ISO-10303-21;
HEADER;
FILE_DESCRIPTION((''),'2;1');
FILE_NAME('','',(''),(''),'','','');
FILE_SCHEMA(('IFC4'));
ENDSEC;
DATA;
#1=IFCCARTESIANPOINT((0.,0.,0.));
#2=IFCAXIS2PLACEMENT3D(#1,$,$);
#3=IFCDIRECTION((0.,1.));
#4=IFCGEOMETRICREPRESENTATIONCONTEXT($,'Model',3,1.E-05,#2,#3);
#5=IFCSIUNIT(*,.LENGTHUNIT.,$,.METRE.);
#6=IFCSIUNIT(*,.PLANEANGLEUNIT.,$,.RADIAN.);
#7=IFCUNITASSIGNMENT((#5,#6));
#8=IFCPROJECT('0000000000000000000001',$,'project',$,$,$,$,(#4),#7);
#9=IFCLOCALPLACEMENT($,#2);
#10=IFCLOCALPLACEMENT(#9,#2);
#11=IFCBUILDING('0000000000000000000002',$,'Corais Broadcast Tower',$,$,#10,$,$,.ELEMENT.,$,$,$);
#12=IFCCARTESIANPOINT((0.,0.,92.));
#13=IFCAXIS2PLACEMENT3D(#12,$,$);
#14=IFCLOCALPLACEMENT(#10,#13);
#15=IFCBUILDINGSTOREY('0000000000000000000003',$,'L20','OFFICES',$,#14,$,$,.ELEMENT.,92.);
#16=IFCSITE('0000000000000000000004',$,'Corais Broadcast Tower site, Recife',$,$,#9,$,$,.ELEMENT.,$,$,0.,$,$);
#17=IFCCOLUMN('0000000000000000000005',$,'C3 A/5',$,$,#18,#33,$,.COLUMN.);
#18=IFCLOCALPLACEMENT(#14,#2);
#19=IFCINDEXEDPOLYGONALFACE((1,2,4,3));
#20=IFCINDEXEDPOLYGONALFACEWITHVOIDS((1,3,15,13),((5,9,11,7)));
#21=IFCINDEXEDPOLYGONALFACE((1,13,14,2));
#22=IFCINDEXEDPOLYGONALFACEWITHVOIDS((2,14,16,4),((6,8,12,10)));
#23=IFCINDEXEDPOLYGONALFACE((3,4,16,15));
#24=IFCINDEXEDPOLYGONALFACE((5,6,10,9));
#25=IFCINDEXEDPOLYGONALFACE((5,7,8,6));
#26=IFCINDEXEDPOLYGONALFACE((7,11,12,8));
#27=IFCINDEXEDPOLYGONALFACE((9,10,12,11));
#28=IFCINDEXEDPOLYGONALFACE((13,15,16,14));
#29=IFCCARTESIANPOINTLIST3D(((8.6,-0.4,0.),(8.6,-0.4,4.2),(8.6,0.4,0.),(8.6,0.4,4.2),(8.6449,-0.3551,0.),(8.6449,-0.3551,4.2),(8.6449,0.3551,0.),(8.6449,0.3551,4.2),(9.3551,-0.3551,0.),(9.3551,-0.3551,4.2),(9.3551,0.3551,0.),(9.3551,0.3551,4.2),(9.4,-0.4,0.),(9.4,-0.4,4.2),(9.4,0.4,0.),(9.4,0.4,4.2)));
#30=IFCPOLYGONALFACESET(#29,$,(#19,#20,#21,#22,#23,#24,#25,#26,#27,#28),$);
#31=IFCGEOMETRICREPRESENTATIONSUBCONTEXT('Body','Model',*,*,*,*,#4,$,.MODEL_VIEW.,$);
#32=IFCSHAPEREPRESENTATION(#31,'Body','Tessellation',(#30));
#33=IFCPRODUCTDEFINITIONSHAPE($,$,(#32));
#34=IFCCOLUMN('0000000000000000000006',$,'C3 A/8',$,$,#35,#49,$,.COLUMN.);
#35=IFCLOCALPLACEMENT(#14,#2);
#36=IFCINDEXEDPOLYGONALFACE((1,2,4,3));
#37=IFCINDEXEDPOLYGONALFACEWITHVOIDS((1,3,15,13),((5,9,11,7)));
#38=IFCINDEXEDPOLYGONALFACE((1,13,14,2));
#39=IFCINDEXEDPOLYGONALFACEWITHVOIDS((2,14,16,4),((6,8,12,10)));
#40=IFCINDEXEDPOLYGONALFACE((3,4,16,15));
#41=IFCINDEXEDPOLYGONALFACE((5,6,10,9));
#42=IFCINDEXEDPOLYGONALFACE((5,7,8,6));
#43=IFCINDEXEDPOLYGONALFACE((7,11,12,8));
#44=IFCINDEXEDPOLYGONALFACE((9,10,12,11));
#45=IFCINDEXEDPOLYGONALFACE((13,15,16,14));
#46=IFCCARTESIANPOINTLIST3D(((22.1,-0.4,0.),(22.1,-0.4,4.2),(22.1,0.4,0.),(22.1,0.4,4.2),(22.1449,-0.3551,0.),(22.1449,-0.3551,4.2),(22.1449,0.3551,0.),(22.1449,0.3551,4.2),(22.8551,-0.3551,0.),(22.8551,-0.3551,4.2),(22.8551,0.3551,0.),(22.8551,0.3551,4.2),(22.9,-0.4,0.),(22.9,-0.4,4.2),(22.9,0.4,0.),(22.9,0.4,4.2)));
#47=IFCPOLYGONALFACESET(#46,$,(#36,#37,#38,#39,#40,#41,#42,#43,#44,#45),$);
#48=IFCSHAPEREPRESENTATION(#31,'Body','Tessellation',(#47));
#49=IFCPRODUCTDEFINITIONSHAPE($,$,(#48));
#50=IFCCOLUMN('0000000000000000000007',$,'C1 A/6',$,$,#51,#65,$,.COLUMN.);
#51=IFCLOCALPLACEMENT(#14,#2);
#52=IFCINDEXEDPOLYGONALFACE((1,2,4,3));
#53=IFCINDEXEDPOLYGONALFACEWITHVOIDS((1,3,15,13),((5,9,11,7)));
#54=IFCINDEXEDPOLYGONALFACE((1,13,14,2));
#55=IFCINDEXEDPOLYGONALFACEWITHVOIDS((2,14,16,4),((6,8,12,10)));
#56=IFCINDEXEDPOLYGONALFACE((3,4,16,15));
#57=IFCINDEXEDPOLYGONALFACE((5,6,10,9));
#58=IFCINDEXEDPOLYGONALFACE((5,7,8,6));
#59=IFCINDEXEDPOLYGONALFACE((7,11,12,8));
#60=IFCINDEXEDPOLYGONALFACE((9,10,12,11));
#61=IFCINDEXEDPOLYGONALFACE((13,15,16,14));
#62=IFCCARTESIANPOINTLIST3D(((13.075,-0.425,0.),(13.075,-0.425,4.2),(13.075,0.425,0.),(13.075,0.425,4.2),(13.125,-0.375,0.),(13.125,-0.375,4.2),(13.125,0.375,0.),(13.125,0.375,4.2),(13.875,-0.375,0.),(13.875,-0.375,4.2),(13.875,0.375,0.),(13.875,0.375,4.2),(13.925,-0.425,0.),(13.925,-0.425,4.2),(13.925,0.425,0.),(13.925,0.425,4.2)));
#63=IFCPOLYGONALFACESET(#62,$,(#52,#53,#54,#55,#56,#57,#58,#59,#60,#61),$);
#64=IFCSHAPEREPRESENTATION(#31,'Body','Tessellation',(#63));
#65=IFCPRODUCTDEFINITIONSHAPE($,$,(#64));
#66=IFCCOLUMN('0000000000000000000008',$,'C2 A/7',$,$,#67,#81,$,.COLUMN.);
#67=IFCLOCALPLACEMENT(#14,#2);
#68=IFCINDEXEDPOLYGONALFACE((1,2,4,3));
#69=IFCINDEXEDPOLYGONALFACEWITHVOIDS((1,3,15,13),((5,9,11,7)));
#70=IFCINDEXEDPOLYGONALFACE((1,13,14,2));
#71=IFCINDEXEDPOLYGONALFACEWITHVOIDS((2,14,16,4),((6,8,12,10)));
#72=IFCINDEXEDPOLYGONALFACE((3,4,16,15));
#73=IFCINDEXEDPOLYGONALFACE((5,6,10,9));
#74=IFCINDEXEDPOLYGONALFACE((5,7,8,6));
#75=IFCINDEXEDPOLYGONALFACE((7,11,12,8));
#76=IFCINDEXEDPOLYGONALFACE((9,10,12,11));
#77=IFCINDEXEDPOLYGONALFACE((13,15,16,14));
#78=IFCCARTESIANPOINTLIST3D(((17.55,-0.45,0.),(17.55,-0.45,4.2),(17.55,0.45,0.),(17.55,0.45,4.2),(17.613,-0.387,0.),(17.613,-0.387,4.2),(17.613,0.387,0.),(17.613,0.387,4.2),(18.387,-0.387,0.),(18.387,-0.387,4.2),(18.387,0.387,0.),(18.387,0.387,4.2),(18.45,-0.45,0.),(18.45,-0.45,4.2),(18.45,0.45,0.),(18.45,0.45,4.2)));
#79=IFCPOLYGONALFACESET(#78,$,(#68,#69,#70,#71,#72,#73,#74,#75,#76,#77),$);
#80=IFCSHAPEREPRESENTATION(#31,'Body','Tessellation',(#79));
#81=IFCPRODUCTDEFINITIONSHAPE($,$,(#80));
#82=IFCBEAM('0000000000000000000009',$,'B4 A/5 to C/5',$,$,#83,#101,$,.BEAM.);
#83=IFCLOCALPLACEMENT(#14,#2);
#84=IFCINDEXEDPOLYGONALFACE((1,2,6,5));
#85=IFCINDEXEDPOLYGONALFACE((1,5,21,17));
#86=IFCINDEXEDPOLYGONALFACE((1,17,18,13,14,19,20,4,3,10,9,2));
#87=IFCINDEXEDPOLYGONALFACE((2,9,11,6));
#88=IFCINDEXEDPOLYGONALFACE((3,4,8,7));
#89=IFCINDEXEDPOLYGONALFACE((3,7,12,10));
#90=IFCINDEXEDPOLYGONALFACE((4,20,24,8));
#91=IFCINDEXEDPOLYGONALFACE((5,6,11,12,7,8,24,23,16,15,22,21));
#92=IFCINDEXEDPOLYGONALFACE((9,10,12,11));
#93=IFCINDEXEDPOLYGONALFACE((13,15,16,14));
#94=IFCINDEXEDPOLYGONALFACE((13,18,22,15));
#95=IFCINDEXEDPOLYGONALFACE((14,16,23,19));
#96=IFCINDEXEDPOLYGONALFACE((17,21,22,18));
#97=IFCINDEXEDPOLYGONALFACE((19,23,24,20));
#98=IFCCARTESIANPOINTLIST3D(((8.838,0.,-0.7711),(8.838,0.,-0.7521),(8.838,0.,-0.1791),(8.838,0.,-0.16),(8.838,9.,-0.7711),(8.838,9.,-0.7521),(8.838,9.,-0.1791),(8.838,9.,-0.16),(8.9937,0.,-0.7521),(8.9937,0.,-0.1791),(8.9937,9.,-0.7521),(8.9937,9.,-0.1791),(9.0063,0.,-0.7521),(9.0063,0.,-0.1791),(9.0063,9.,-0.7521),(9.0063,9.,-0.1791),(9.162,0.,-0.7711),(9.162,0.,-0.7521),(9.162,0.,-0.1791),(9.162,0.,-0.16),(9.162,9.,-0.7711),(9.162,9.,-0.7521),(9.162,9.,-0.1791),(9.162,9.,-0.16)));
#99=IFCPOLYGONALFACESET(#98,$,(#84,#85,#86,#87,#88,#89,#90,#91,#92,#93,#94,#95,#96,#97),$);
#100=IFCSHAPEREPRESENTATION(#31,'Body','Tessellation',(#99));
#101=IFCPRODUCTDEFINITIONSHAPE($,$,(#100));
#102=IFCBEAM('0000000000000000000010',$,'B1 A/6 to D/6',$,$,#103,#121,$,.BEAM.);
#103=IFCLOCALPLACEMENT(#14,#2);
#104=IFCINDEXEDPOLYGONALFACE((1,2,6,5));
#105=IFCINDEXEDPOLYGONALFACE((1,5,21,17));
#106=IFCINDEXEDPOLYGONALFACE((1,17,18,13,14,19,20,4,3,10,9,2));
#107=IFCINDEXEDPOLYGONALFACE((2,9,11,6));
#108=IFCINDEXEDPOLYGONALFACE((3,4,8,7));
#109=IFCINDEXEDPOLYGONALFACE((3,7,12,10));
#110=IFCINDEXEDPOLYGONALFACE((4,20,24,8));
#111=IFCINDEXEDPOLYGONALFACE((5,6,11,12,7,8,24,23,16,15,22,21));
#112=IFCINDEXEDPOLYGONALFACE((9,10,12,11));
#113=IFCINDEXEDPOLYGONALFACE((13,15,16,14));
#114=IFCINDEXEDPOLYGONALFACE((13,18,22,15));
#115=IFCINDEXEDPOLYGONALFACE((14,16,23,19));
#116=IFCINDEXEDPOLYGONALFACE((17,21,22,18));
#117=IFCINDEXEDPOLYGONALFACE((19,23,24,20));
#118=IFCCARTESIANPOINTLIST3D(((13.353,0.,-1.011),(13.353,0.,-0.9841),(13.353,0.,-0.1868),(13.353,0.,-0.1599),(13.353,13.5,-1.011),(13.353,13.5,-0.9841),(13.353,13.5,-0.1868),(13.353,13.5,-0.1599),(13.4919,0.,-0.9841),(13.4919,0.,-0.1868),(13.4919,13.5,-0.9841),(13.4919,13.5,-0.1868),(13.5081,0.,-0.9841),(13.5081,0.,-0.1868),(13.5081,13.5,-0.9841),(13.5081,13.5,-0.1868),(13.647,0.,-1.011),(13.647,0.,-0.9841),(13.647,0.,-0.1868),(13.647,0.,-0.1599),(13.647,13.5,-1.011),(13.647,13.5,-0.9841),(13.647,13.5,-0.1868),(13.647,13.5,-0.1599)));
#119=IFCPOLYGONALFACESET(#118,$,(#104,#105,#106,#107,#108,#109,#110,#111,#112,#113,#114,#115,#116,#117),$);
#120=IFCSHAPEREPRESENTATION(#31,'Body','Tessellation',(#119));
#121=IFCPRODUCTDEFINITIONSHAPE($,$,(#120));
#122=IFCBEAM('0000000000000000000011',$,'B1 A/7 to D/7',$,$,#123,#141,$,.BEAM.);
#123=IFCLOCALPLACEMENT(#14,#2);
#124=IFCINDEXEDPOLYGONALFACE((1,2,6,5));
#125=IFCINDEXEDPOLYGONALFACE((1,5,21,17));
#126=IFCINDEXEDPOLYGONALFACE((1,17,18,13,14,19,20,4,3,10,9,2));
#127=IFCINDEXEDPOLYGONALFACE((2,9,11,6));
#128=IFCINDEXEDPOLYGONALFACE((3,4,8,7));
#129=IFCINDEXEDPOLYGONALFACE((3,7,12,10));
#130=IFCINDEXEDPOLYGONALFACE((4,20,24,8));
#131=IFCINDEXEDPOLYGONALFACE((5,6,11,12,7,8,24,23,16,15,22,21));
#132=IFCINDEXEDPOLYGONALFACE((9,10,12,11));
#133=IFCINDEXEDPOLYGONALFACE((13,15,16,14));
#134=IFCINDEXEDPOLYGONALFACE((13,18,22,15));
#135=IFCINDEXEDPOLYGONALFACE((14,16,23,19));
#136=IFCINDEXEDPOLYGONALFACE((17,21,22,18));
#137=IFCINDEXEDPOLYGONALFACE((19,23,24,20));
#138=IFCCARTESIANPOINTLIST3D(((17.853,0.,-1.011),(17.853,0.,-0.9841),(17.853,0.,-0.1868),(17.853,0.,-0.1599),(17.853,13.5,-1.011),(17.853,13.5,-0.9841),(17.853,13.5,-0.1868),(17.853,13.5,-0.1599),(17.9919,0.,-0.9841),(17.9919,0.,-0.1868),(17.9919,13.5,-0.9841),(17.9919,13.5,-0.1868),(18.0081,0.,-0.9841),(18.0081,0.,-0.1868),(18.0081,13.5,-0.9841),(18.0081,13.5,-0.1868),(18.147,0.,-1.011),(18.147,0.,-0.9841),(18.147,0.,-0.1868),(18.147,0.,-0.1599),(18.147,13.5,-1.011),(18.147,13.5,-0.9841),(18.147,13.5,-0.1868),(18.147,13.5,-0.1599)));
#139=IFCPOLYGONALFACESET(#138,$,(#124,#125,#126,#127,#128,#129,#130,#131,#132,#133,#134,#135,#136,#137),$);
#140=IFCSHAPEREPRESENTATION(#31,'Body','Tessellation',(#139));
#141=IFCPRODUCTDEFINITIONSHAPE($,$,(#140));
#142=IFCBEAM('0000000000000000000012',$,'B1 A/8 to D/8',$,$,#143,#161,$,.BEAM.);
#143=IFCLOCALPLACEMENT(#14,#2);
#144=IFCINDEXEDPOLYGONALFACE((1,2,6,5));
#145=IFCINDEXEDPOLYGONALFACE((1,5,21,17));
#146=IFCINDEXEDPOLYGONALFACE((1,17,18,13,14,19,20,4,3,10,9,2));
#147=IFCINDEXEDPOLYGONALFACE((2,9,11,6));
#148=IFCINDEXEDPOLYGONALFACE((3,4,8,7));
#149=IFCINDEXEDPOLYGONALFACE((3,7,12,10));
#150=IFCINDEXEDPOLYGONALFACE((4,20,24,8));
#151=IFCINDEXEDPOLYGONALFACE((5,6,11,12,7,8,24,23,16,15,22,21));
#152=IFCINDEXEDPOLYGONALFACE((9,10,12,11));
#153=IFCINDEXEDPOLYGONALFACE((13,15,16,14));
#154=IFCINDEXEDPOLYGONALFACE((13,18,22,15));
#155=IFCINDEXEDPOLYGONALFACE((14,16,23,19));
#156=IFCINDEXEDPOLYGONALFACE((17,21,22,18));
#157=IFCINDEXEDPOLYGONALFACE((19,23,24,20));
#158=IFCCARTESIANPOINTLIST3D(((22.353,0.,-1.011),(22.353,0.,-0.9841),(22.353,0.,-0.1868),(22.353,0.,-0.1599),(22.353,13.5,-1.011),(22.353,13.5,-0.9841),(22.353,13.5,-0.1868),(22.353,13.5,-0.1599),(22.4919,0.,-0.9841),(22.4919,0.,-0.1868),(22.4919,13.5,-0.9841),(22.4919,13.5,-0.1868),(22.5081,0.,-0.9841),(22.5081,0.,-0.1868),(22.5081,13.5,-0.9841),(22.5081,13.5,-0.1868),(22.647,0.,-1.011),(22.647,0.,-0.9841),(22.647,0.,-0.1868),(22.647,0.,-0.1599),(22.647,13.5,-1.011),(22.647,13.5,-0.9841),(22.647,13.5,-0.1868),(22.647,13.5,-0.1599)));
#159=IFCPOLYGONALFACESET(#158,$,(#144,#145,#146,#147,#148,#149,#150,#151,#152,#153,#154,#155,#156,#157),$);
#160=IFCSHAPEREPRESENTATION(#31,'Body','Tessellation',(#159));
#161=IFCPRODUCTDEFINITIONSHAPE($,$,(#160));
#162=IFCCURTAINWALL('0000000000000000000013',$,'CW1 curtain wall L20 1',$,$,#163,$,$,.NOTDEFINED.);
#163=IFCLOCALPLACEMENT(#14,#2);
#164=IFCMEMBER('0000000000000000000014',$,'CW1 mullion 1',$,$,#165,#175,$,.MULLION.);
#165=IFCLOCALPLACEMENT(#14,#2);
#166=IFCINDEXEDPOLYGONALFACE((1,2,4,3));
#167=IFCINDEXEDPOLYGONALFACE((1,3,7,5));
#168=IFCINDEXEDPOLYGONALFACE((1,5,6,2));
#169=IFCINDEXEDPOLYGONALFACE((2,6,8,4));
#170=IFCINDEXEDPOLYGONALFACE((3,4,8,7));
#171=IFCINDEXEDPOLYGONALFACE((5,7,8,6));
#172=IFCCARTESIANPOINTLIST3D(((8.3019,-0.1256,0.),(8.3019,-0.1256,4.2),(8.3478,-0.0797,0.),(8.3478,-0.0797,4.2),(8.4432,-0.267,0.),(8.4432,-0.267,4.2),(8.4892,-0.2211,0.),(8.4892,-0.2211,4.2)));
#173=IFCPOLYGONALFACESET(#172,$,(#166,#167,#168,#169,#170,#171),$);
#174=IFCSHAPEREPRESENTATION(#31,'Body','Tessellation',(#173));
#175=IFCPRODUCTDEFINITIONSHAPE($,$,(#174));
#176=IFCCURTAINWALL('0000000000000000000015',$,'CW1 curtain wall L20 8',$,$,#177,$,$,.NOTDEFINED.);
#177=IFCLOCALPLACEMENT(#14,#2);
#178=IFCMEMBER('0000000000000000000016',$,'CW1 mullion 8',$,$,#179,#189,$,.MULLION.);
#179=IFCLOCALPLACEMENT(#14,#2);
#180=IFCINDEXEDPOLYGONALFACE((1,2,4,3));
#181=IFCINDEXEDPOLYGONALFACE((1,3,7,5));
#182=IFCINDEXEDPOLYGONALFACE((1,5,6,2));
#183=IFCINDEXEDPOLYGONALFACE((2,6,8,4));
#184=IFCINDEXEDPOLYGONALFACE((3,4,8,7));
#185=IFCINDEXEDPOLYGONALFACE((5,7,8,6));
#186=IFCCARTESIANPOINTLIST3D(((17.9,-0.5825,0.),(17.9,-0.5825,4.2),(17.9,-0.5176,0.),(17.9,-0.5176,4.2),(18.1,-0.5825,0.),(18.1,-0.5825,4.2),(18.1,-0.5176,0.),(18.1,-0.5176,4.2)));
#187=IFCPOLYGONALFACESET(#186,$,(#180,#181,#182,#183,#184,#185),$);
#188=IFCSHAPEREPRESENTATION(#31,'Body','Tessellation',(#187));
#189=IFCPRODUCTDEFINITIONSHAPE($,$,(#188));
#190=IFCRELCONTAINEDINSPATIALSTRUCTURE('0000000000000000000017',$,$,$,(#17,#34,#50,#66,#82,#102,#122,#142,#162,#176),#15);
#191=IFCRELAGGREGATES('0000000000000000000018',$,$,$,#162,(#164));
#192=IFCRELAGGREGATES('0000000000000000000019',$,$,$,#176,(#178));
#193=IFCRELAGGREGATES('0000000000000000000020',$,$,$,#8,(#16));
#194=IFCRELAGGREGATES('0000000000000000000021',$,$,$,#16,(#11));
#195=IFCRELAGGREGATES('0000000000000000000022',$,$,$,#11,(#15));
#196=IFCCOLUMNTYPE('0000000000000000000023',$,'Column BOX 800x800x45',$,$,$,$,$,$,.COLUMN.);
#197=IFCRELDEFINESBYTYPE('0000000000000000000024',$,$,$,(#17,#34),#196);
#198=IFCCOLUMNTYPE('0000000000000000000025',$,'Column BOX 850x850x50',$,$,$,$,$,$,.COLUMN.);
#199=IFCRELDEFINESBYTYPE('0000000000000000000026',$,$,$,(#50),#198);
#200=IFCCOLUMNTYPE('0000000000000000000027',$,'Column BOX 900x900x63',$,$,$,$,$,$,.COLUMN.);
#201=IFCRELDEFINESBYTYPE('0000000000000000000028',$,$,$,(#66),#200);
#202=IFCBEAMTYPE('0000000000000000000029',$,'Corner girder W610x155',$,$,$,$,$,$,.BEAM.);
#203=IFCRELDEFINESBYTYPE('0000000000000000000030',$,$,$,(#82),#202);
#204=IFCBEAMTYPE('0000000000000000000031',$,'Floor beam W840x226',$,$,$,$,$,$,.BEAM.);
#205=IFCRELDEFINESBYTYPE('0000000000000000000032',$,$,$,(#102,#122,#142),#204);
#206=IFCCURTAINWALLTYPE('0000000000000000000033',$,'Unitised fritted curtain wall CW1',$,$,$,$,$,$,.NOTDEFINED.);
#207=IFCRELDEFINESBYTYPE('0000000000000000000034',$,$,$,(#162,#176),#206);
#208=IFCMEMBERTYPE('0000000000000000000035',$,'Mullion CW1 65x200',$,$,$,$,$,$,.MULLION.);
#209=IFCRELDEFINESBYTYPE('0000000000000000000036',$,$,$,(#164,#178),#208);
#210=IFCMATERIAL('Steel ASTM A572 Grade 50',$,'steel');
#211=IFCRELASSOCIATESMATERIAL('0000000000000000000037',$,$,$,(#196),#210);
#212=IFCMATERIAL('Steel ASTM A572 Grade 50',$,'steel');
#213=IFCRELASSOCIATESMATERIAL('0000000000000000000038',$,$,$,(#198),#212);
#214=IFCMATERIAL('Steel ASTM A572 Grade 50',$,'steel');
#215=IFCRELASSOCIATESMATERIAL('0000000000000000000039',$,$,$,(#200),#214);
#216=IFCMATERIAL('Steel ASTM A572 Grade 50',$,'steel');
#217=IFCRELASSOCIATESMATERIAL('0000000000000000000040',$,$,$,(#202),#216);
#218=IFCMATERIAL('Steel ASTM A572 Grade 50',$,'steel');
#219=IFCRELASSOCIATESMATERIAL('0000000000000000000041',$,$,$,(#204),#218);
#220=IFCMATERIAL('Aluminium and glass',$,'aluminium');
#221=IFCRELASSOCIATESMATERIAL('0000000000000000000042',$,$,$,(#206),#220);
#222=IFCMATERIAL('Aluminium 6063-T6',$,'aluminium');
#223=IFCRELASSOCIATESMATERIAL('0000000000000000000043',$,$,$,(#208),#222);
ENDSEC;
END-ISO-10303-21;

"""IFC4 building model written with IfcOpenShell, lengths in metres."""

from ifc_helpers import new_model, si_unit, direction, frame, origin, origin_2d, place, context, subcontext, project, spatial, rectangle, hollow_rectangle, i_section, extrude, material, material_profile, profile_set, type_object, element, aggregate, save


model = new_model("IFC4")

# Units and contexts
model_context = context("Model", 3, precision=1e-05, world=origin(), true_north=direction((0.0, 1.0)))
body_context = subcontext(model_context, "Body", "Model", "MODEL_VIEW")
ifc_project = project(units=[si_unit("LENGTHUNIT", "METRE"), si_unit("PLANEANGLEUNIT", "RADIAN")], contexts=[model_context])

# Site, building, storey
site_placement = place(None, origin())
site = spatial("IfcSite", under=ifc_project, at=site_placement, Name="Corais Broadcast Tower site, Recife", CompositionType="ELEMENT", RefElevation=0.0)
building_placement = place(site_placement, origin())
building = spatial("IfcBuilding", under=site, at=building_placement, Name="Corais Broadcast Tower", CompositionType="ELEMENT")
storey_placement = place(building_placement, frame((0.0, 0.0, 92.0)))
storey = spatial("IfcBuildingStorey", under=building, at=storey_placement, Name="L20", Description="OFFICES", CompositionType="ELEMENT", Elevation=92.0)

# Columns
ifc_material_1 = material(Name="Steel ASTM A572 Grade 50", Category="steel")
ifc_material_profile_1 = material_profile(ifc_material_1, hollow_rectangle(XDim=0.8, YDim=0.8, WallThickness=0.0449, at=origin_2d()), Name="BOX 800x800x45")
ifc_profile_set_1 = profile_set([ifc_material_profile_1], Name="Steel ASTM A572 Grade 50")
column_type_1 = type_object("IfcColumnType", Name="Column BOX 800x800x45", PredefinedType="COLUMN", material=ifc_profile_set_1)
for number, where, z_axis, x_axis, name in (
    (1, (9.0, 0.0, 0.0), (0.0, 0.0, 1.0), (1.0, 0.0, 0.0), "C3 A/5"),
    (2, (22.5, 0.0, 0.0), (0.0, 0.0, 1.0), (1.0, 0.0, 0.0), "C3 A/8"),
):
    element("IfcColumn", number, at=place(storey_placement, frame(where, z_axis=z_axis, x_axis=x_axis)), inside=storey, type_object=column_type_1, Name=name, PredefinedType="COLUMN", context=body_context, shape_type="SweptSolid", body=[
        extrude(hollow_rectangle(XDim=0.8, YDim=0.8, WallThickness=0.0449, at=origin_2d()), origin(), (0.0, 0.0, 1.0), 4.2),
    ])
ifc_material_2 = material(Name="Steel ASTM A572 Grade 50", Category="steel")
ifc_material_profile_2 = material_profile(ifc_material_2, hollow_rectangle(XDim=0.8501, YDim=0.8501, WallThickness=0.05, at=origin_2d()), Name="BOX 850x850x50")
ifc_profile_set_2 = profile_set([ifc_material_profile_2], Name="Steel ASTM A572 Grade 50")
column_type_2 = type_object("IfcColumnType", Name="Column BOX 850x850x50", PredefinedType="COLUMN", material=ifc_profile_set_2)
column_1_placement = place(storey_placement, frame((13.5, 0.0, 0.0), z_axis=(0.0, 0.0, 1.0), x_axis=(1.0, 0.0, 0.0)))
element("IfcColumn", 3, at=column_1_placement, inside=storey, type_object=column_type_2, Name="C1 A/6", PredefinedType="COLUMN", context=body_context, shape_type="SweptSolid", body=[
    extrude(hollow_rectangle(XDim=0.8501, YDim=0.8501, WallThickness=0.05, at=origin_2d()), origin(), (0.0, 0.0, 1.0), 4.2),
])
ifc_material_3 = material(Name="Steel ASTM A572 Grade 50", Category="steel")
ifc_material_profile_3 = material_profile(ifc_material_3, hollow_rectangle(XDim=0.8999, YDim=0.8999, WallThickness=0.063, at=origin_2d()), Name="BOX 900x900x63")
ifc_profile_set_3 = profile_set([ifc_material_profile_3], Name="Steel ASTM A572 Grade 50")
column_type_3 = type_object("IfcColumnType", Name="Column BOX 900x900x63", PredefinedType="COLUMN", material=ifc_profile_set_3)
column_2_placement = place(storey_placement, frame((18.0, 0.0, 0.0), z_axis=(0.0, 0.0, 1.0), x_axis=(1.0, 0.0, 0.0)))
element("IfcColumn", 4, at=column_2_placement, inside=storey, type_object=column_type_3, Name="C2 A/7", PredefinedType="COLUMN", context=body_context, shape_type="SweptSolid", body=[
    extrude(hollow_rectangle(XDim=0.8999, YDim=0.8999, WallThickness=0.063, at=origin_2d()), origin(), (0.0, 0.0, 1.0), 4.2),
])

# Beams
ifc_material_4 = material(Name="Steel ASTM A572 Grade 50", Category="steel")
ifc_material_profile_4 = material_profile(ifc_material_4, i_section(OverallWidth=0.324, OverallDepth=0.6111, WebThickness=0.0127, FlangeThickness=0.019, at=origin_2d()), Name="W610x155")
ifc_profile_set_4 = profile_set([ifc_material_profile_4], Name="Steel ASTM A572 Grade 50")
beam_type_1 = type_object("IfcBeamType", Name="Corner girder W610x155", PredefinedType="BEAM", material=ifc_profile_set_4)
beam_1_placement = place(storey_placement, frame((9.0, 0.0, -0.4656), z_axis=(0.0, 1.0, 0.0), x_axis=(-1.0, 0.0, 0.0)))
element("IfcBeam", 5, at=beam_1_placement, inside=storey, type_object=beam_type_1, Name="B4 A/5 to C/5", PredefinedType="BEAM", context=body_context, shape_type="SweptSolid", body=[
    extrude(i_section(OverallWidth=0.324, OverallDepth=0.6111, WebThickness=0.0127, FlangeThickness=0.019, at=origin_2d()), origin(), (0.0, 0.0, 1.0), 9.0),
])
ifc_material_5 = material(Name="Steel ASTM A572 Grade 50", Category="steel")
ifc_material_profile_5 = material_profile(ifc_material_5, i_section(OverallWidth=0.2939, OverallDepth=0.8511, WebThickness=0.0161, FlangeThickness=0.0269, at=origin_2d()), Name="W840x226")
ifc_profile_set_5 = profile_set([ifc_material_profile_5], Name="Steel ASTM A572 Grade 50")
beam_type_2 = type_object("IfcBeamType", Name="Floor beam W840x226", PredefinedType="BEAM", material=ifc_profile_set_5)
for number, where, z_axis, x_axis, name in (
    (6, (13.5, 0.0, -0.5854), (0.0, 1.0, 0.0), (-1.0, 0.0, 0.0), "B1 A/6 to D/6"),
    (7, (18.0, 0.0, -0.5854), (0.0, 1.0, 0.0), (-1.0, 0.0, 0.0), "B1 A/7 to D/7"),
    (8, (22.5, 0.0, -0.5854), (0.0, 1.0, 0.0), (-1.0, 0.0, 0.0), "B1 A/8 to D/8"),
):
    element("IfcBeam", number, at=place(storey_placement, frame(where, z_axis=z_axis, x_axis=x_axis)), inside=storey, type_object=beam_type_2, Name=name, PredefinedType="BEAM", context=body_context, shape_type="SweptSolid", body=[
        extrude(i_section(OverallWidth=0.2939, OverallDepth=0.8511, WebThickness=0.0161, FlangeThickness=0.0269, at=origin_2d()), origin(), (0.0, 0.0, 1.0), 13.5),
    ])

# Curtain wall, member
ifc_material_6 = material(Name="Aluminium and glass", Category="aluminium")
curtain_wall_type = type_object("IfcCurtainWallType", Name="Unitised fritted curtain wall CW1", PredefinedType="NOTDEFINED", material=ifc_material_6)
curtain_wall_1_placement = place(storey_placement, origin())
curtain_wall_1 = element("IfcCurtainWall", 9, at=curtain_wall_1_placement, inside=storey, type_object=curtain_wall_type, Name="CW1 curtain wall L20 1", PredefinedType="NOTDEFINED")
ifc_material_7 = material(Name="Aluminium 6063-T6", Category="aluminium")
ifc_material_profile_6 = material_profile(ifc_material_7, rectangle(XDim=0.0649, YDim=0.2, at=origin_2d()), Name="Mullion CW1 65x200")
ifc_profile_set_6 = profile_set([ifc_material_profile_6], Name="Aluminium 6063-T6")
member_type_1 = type_object("IfcMemberType", Name="Mullion CW1 65x200", PredefinedType="MULLION", material=ifc_profile_set_6)
member_1_placement = place(storey_placement, frame((8.3955, -0.1733, 0.0), z_axis=(0.0, 0.0, 1.0), x_axis=(-0.707107, -0.707107, 0.0)))
member_1 = element("IfcMember", 10, at=member_1_placement, type_object=member_type_1, Name="CW1 mullion 1", PredefinedType="MULLION", context=body_context, shape_type="SweptSolid", body=[
    extrude(rectangle(XDim=0.0649, YDim=0.2, at=origin_2d()), origin(), (0.0, 0.0, 1.0), 4.2),
])

# Curtain wall, member
curtain_wall_2_placement = place(storey_placement, origin())
curtain_wall_2 = element("IfcCurtainWall", 11, at=curtain_wall_2_placement, inside=storey, type_object=curtain_wall_type, Name="CW1 curtain wall L20 8", PredefinedType="NOTDEFINED")
member_2_placement = place(storey_placement, frame((18.0, -0.55, 0.0), z_axis=(0.0, 0.0, 1.0), x_axis=(0.0, -1.0, 0.0)))
member_2 = element("IfcMember", 12, at=member_2_placement, type_object=member_type_1, Name="CW1 mullion 8", PredefinedType="MULLION", context=body_context, shape_type="SweptSolid", body=[
    extrude(rectangle(XDim=0.0649, YDim=0.2, at=origin_2d()), origin(), (0.0, 0.0, 1.0), 4.2),
])

aggregate(curtain_wall_1, [member_1])

aggregate(curtain_wall_2, [member_2])

save(model, "model.ifc")
